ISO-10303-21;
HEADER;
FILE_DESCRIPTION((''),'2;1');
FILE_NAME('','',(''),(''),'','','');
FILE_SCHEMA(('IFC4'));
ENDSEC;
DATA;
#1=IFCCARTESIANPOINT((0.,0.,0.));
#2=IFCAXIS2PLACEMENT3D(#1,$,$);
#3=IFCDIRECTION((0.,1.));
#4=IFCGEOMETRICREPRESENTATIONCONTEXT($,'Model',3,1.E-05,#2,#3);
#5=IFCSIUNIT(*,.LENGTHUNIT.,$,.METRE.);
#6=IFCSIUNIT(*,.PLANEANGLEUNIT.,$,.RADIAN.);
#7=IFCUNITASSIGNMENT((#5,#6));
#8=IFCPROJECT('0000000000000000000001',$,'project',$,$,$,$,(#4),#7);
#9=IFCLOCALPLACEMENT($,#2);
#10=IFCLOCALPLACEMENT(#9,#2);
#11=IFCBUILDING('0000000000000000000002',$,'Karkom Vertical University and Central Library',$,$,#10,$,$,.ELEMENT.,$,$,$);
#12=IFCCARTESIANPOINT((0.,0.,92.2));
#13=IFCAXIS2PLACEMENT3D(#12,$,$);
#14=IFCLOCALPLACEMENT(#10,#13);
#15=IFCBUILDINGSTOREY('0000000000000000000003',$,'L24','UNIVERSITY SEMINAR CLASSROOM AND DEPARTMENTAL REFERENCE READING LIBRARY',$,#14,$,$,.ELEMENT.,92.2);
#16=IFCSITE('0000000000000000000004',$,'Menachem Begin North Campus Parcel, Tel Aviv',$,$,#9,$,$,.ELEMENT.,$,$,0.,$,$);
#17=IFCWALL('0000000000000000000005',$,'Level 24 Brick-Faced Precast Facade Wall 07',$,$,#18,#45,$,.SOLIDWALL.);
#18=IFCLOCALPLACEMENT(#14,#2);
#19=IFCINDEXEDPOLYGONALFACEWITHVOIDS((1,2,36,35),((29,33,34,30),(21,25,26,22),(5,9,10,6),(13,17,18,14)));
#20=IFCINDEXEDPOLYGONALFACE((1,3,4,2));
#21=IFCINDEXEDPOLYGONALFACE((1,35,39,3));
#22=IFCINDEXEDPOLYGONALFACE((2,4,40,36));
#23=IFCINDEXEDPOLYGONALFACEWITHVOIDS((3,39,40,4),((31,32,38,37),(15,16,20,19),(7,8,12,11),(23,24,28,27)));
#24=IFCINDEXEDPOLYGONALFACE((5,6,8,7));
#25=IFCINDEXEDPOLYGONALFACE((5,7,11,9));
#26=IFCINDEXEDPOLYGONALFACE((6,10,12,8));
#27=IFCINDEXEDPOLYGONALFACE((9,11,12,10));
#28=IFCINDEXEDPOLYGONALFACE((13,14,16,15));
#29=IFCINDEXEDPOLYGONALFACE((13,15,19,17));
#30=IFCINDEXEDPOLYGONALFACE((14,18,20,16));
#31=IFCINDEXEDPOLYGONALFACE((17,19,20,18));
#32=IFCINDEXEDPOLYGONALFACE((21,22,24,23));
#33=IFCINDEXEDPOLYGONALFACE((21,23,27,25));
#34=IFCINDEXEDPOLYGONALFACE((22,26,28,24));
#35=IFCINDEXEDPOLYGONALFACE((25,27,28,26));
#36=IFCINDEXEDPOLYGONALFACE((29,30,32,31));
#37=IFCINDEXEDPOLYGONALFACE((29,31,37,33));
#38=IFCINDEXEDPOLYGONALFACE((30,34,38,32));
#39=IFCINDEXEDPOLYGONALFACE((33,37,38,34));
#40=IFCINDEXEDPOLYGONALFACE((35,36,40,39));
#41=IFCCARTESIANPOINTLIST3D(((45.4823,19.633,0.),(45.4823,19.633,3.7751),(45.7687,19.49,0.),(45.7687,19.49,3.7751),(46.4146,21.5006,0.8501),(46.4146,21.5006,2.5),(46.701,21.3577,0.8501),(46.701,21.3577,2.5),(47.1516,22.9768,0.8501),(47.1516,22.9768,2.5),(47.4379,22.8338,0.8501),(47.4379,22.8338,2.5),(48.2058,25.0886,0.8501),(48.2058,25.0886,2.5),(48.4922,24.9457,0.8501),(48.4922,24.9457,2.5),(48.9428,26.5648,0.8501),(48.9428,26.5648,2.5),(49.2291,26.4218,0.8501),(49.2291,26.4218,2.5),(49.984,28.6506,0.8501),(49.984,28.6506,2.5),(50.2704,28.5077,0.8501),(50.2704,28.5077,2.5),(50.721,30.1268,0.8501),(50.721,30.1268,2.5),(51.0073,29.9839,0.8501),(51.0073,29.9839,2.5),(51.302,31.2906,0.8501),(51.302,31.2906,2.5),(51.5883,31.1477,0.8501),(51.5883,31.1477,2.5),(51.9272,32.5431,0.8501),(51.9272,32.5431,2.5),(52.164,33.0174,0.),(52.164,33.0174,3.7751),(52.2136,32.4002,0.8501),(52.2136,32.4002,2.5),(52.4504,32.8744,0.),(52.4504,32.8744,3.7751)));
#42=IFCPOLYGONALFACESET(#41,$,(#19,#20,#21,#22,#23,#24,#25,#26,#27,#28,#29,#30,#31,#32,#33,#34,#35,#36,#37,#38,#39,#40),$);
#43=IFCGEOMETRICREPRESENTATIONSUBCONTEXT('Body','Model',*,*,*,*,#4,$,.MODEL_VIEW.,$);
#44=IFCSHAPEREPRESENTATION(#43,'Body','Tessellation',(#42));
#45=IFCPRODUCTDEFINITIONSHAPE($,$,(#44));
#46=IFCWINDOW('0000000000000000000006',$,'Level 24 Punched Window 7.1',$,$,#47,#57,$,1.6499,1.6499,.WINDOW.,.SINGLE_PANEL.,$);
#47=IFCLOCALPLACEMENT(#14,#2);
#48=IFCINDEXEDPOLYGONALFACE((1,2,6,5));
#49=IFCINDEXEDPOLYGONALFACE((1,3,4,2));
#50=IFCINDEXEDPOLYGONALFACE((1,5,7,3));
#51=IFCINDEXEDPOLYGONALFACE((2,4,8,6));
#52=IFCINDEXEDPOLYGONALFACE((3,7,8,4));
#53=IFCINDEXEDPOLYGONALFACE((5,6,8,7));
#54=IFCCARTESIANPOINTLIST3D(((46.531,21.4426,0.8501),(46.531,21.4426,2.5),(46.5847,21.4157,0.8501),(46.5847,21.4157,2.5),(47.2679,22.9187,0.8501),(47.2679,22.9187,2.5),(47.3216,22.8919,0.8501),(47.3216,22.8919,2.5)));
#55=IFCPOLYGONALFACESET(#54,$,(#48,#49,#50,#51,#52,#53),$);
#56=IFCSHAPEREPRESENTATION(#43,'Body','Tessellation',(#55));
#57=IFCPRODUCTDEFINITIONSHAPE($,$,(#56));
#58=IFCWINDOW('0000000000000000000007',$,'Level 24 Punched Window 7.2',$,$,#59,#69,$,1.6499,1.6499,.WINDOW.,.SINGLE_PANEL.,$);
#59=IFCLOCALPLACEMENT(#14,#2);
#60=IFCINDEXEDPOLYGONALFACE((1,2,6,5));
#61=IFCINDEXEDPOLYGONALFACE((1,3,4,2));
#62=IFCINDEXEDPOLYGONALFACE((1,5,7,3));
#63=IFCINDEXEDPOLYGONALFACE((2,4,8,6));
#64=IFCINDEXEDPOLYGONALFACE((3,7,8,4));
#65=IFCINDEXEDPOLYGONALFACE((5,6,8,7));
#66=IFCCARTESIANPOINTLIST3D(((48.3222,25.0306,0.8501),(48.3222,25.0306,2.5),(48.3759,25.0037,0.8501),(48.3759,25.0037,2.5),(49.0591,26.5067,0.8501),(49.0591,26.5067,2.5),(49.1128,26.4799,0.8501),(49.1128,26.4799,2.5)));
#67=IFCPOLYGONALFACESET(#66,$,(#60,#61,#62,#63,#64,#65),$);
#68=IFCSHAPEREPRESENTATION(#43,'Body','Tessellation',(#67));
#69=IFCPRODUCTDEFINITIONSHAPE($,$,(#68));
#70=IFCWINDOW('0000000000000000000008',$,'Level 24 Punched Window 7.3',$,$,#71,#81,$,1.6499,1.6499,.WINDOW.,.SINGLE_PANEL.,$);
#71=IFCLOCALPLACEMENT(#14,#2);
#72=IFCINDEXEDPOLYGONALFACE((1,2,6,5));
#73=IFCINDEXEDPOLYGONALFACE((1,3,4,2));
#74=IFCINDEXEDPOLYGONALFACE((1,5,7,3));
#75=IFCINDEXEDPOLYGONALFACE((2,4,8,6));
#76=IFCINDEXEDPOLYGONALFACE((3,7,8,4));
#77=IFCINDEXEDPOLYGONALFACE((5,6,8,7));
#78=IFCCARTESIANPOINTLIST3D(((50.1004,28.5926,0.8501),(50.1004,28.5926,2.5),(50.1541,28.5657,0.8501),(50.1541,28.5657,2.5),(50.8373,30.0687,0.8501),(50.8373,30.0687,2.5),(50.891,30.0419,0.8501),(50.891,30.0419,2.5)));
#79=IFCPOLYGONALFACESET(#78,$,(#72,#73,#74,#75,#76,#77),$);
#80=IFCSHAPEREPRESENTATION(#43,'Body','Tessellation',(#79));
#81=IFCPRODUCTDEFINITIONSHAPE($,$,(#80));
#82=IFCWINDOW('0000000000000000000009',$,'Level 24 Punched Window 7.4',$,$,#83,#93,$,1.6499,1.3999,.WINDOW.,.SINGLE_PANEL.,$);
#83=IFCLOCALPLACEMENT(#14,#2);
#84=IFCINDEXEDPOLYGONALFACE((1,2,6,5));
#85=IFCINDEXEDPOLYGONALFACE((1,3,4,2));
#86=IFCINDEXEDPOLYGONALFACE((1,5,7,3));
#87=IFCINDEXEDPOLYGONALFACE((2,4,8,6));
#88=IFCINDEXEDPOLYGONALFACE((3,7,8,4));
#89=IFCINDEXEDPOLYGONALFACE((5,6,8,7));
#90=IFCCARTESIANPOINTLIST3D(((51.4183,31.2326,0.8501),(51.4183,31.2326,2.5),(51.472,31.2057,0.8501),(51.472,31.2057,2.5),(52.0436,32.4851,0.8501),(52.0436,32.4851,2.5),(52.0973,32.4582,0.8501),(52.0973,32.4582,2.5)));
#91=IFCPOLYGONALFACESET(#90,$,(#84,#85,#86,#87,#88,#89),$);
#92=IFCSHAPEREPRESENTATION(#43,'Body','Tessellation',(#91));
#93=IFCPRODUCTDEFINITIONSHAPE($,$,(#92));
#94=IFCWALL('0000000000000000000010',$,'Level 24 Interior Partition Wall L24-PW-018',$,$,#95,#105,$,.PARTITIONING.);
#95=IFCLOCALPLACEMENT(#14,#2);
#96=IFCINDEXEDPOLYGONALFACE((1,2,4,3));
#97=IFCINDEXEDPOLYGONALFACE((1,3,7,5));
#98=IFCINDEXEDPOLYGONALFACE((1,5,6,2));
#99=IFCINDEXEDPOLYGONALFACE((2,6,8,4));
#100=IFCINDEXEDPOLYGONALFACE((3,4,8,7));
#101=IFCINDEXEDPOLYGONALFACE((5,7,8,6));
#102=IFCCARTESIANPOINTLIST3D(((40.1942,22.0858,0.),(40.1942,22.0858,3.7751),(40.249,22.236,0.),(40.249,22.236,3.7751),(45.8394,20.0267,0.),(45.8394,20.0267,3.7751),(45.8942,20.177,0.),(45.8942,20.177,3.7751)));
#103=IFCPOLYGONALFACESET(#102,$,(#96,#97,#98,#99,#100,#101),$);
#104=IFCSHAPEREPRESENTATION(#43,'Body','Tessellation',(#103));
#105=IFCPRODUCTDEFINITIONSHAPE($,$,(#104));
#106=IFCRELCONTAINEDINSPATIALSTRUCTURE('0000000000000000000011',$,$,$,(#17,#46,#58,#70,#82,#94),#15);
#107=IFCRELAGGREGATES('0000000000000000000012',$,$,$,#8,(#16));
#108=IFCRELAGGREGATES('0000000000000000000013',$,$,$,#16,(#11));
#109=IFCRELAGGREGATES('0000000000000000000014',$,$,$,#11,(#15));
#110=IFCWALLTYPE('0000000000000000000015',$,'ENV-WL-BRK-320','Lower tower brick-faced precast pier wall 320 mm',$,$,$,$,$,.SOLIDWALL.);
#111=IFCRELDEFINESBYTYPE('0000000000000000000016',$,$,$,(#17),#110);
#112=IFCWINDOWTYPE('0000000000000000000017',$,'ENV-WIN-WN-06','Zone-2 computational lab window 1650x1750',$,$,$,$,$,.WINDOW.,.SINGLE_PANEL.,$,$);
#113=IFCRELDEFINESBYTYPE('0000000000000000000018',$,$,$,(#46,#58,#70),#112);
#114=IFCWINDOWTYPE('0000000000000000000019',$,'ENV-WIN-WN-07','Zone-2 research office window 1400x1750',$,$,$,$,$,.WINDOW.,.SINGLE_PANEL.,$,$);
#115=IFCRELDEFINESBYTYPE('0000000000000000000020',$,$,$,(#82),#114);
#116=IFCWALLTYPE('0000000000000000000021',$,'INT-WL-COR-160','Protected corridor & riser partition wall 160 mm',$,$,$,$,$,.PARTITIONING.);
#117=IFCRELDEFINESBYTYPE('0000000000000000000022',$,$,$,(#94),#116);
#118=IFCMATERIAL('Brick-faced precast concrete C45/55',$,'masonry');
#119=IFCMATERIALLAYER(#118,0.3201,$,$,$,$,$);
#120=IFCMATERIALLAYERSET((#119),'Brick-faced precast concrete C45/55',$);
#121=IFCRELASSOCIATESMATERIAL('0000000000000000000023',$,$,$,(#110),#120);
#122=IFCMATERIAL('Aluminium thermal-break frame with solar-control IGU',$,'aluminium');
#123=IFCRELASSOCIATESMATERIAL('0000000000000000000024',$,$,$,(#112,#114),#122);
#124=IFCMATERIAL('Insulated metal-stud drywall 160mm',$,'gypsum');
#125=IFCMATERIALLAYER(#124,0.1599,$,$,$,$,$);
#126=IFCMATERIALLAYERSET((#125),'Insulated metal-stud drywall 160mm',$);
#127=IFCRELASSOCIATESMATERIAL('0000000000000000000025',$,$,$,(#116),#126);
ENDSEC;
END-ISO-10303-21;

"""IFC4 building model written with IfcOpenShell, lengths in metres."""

from ifc_helpers import new_model, si_unit, direction, frame, frame_2d, origin, origin_with_axes, place, context, subcontext, project, spatial, rectangle, extrude, source, transform, mapped, material, layer, layer_set, type_object, element, fill, save


model = new_model("IFC4")

# Units and contexts
model_context = context("Model", 3, precision=1e-05, world=origin(), true_north=direction((0.0, 1.0)))
body_context = subcontext(model_context, "Body", "Model", "MODEL_VIEW")
ifc_project = project(units=[si_unit("LENGTHUNIT", "METRE"), si_unit("PLANEANGLEUNIT", "RADIAN")], contexts=[model_context])

# Site, building, storey
site_placement = place(None, origin())
site = spatial("IfcSite", under=ifc_project, at=site_placement, Name="Menachem Begin North Campus Parcel, Tel Aviv", CompositionType="ELEMENT", RefElevation=0.0)
building_placement = place(site_placement, origin())
building = spatial("IfcBuilding", under=site, at=building_placement, Name="Karkom Vertical University and Central Library", CompositionType="ELEMENT")
storey_placement = place(building_placement, frame((0.0, 0.0, 92.2)))
storey = spatial("IfcBuildingStorey", under=building, at=storey_placement, Name="L24", Description="UNIVERSITY SEMINAR CLASSROOM AND DEPARTMENTAL REFERENCE READING LIBRARY", CompositionType="ELEMENT", Elevation=92.2)

# Wall, openings, windows
ifc_material_1 = material(Name="Brick-faced precast concrete C45/55", Category="masonry")
ifc_layer_1 = layer(ifc_material_1, 0.3201)
ifc_layer_set_1 = layer_set([ifc_layer_1], Name="Brick-faced precast concrete C45/55")
wall_type_1 = type_object("IfcWallType", Name="ENV-WL-BRK-320", Description="Lower tower brick-faced precast pier wall 320 mm", PredefinedType="SOLIDWALL", material=ifc_layer_set_1)
wall_1_placement = place(storey_placement, frame((45.6255, 19.5615, 0.0), z_axis=(0.0, 0.0, 1.0), x_axis=(0.446652, 0.894708, 0.0)))
wall_1 = element("IfcWall", 1, at=wall_1_placement, inside=storey, type_object=wall_type_1, Name="Level 24 Brick-Faced Precast Facade Wall 07", PredefinedType="SOLIDWALL", context=body_context, shape_type="SweptSolid", body=[
    extrude(rectangle(XDim=14.9595, YDim=0.3201, at=frame_2d((7.4797, 0.0))), origin(), (0.0, 0.0, 1.0), 3.7751),
])
opening_1_placement = place(wall_1_placement, frame((2.0874, 0.0, 0.8501)))
opening_1 = element("IfcOpeningElement", 2, at=opening_1_placement, cuts=wall_1, PredefinedType="OPENING", context=body_context, shape_type="SweptSolid", body=[
    extrude(rectangle(XDim=1.6499, YDim=1.6499, at=frame_2d((0.825, 0.825))), frame((0.0, 0.1699, 0.0), z_axis=(0.0, -1.0, 0.0), x_axis=(1.0, 0.0, 0.0)), (0.0, 0.0, 1.0), 0.3401),
])
opening_2_placement = place(wall_1_placement, frame((6.0977, 0.0, 0.8501)))
opening_2 = element("IfcOpeningElement", 3, at=opening_2_placement, cuts=wall_1, PredefinedType="OPENING", context=body_context, shape_type="SweptSolid", body=[
    extrude(rectangle(XDim=1.6499, YDim=1.6499, at=frame_2d((0.825, 0.825))), frame((0.0, 0.1699, 0.0), z_axis=(0.0, -1.0, 0.0), x_axis=(1.0, 0.0, 0.0)), (0.0, 0.0, 1.0), 0.3401),
])
opening_3_placement = place(wall_1_placement, frame((10.0789, 0.0, 0.8501)))
opening_3 = element("IfcOpeningElement", 4, at=opening_3_placement, cuts=wall_1, PredefinedType="OPENING", context=body_context, shape_type="SweptSolid", body=[
    extrude(rectangle(XDim=1.6499, YDim=1.6499, at=frame_2d((0.825, 0.825))), frame((0.0, 0.1699, 0.0), z_axis=(0.0, -1.0, 0.0), x_axis=(1.0, 0.0, 0.0)), (0.0, 0.0, 1.0), 0.3401),
])
opening_4_placement = place(wall_1_placement, frame((13.0295, 0.0, 0.8501)))
opening_4 = element("IfcOpeningElement", 5, at=opening_4_placement, cuts=wall_1, PredefinedType="OPENING", context=body_context, shape_type="SweptSolid", body=[
    extrude(rectangle(XDim=1.3999, YDim=1.6499, at=frame_2d((0.7, 0.825))), frame((0.0, 0.1699, 0.0), z_axis=(0.0, -1.0, 0.0), x_axis=(1.0, 0.0, 0.0)), (0.0, 0.0, 1.0), 0.3401),
])
ifc_material_2 = material(Name="Aluminium thermal-break frame with solar-control IGU", Category="aluminium")
window_type_1 = type_object("IfcWindowType", Name="ENV-WIN-WN-06", Description="Zone-2 computational lab window 1650x1750", PartitioningType="SINGLE_PANEL", PredefinedType="WINDOW", material=ifc_material_2)
shared_shape_1 = source(origin_with_axes(), body_context, "Body", "SweptSolid", [
    extrude(rectangle(XDim=1.6499, YDim=1.6499, at=frame_2d((0.825, 0.825))), frame((0.0, 0.03, 0.0), z_axis=(0.0, -1.0, 0.0), x_axis=(1.0, 0.0, 0.0)), (0.0, 0.0, 1.0), 0.0601),
])
window_1_placement = place(opening_1_placement, origin())
window_1 = element("IfcWindow", 6, at=window_1_placement, inside=storey, type_object=window_type_1, Name="Level 24 Punched Window 7.1", OverallHeight=1.6499, OverallWidth=1.6499, PartitioningType="SINGLE_PANEL", PredefinedType="WINDOW", context=body_context, shape_type="MappedRepresentation", body=[
    mapped(shared_shape_1, transform((0.0, 0.0, 0.0), scale=1.0)),
])
fill(opening_1, window_1)
window_2_placement = place(opening_2_placement, origin())
window_2 = element("IfcWindow", 7, at=window_2_placement, inside=storey, type_object=window_type_1, Name="Level 24 Punched Window 7.2", OverallHeight=1.6499, OverallWidth=1.6499, PartitioningType="SINGLE_PANEL", PredefinedType="WINDOW", context=body_context, shape_type="MappedRepresentation", body=[
    mapped(shared_shape_1, transform((0.0, 0.0, 0.0), scale=1.0)),
])
fill(opening_2, window_2)
window_3_placement = place(opening_3_placement, origin())
window_3 = element("IfcWindow", 8, at=window_3_placement, inside=storey, type_object=window_type_1, Name="Level 24 Punched Window 7.3", OverallHeight=1.6499, OverallWidth=1.6499, PartitioningType="SINGLE_PANEL", PredefinedType="WINDOW", context=body_context, shape_type="MappedRepresentation", body=[
    mapped(shared_shape_1, transform((0.0, 0.0, 0.0), scale=1.0)),
])
fill(opening_3, window_3)
window_type_2 = type_object("IfcWindowType", Name="ENV-WIN-WN-07", Description="Zone-2 research office window 1400x1750", PartitioningType="SINGLE_PANEL", PredefinedType="WINDOW", material=ifc_material_2)
shared_shape_2 = source(origin_with_axes(), body_context, "Body", "SweptSolid", [
    extrude(rectangle(XDim=1.3999, YDim=1.6499, at=frame_2d((0.7, 0.825))), frame((0.0, 0.03, 0.0), z_axis=(0.0, -1.0, 0.0), x_axis=(1.0, 0.0, 0.0)), (0.0, 0.0, 1.0), 0.0601),
])
window_4_placement = place(opening_4_placement, origin())
window_4 = element("IfcWindow", 9, at=window_4_placement, inside=storey, type_object=window_type_2, Name="Level 24 Punched Window 7.4", OverallHeight=1.6499, OverallWidth=1.3999, PartitioningType="SINGLE_PANEL", PredefinedType="WINDOW", context=body_context, shape_type="MappedRepresentation", body=[
    mapped(shared_shape_2, transform((0.0, 0.0, 0.0), scale=1.0)),
])
fill(opening_4, window_4)

# Wall
ifc_material_3 = material(Name="Insulated metal-stud drywall 160mm", Category="gypsum")
ifc_layer_2 = layer(ifc_material_3, 0.1599)
ifc_layer_set_2 = layer_set([ifc_layer_2], Name="Insulated metal-stud drywall 160mm")
wall_type_2 = type_object("IfcWallType", Name="INT-WL-COR-160", Description="Protected corridor & riser partition wall 160 mm", PredefinedType="PARTITIONING", material=ifc_layer_set_2)
wall_2_placement = place(storey_placement, frame((40.2217, 22.1609, 0.0), z_axis=(0.0, 0.0, 1.0), x_axis=(0.939458, -0.342663, 0.0)))
element("IfcWall", 10, at=wall_2_placement, inside=storey, type_object=wall_type_2, Name="Level 24 Interior Partition Wall L24-PW-018", PredefinedType="PARTITIONING", context=body_context, shape_type="SweptSolid", body=[
    extrude(rectangle(XDim=6.009, YDim=0.1599, at=frame_2d((3.0044, 0.0))), origin(), (0.0, 0.0, 1.0), 3.7751),
])

save(model, "model.ifc")
